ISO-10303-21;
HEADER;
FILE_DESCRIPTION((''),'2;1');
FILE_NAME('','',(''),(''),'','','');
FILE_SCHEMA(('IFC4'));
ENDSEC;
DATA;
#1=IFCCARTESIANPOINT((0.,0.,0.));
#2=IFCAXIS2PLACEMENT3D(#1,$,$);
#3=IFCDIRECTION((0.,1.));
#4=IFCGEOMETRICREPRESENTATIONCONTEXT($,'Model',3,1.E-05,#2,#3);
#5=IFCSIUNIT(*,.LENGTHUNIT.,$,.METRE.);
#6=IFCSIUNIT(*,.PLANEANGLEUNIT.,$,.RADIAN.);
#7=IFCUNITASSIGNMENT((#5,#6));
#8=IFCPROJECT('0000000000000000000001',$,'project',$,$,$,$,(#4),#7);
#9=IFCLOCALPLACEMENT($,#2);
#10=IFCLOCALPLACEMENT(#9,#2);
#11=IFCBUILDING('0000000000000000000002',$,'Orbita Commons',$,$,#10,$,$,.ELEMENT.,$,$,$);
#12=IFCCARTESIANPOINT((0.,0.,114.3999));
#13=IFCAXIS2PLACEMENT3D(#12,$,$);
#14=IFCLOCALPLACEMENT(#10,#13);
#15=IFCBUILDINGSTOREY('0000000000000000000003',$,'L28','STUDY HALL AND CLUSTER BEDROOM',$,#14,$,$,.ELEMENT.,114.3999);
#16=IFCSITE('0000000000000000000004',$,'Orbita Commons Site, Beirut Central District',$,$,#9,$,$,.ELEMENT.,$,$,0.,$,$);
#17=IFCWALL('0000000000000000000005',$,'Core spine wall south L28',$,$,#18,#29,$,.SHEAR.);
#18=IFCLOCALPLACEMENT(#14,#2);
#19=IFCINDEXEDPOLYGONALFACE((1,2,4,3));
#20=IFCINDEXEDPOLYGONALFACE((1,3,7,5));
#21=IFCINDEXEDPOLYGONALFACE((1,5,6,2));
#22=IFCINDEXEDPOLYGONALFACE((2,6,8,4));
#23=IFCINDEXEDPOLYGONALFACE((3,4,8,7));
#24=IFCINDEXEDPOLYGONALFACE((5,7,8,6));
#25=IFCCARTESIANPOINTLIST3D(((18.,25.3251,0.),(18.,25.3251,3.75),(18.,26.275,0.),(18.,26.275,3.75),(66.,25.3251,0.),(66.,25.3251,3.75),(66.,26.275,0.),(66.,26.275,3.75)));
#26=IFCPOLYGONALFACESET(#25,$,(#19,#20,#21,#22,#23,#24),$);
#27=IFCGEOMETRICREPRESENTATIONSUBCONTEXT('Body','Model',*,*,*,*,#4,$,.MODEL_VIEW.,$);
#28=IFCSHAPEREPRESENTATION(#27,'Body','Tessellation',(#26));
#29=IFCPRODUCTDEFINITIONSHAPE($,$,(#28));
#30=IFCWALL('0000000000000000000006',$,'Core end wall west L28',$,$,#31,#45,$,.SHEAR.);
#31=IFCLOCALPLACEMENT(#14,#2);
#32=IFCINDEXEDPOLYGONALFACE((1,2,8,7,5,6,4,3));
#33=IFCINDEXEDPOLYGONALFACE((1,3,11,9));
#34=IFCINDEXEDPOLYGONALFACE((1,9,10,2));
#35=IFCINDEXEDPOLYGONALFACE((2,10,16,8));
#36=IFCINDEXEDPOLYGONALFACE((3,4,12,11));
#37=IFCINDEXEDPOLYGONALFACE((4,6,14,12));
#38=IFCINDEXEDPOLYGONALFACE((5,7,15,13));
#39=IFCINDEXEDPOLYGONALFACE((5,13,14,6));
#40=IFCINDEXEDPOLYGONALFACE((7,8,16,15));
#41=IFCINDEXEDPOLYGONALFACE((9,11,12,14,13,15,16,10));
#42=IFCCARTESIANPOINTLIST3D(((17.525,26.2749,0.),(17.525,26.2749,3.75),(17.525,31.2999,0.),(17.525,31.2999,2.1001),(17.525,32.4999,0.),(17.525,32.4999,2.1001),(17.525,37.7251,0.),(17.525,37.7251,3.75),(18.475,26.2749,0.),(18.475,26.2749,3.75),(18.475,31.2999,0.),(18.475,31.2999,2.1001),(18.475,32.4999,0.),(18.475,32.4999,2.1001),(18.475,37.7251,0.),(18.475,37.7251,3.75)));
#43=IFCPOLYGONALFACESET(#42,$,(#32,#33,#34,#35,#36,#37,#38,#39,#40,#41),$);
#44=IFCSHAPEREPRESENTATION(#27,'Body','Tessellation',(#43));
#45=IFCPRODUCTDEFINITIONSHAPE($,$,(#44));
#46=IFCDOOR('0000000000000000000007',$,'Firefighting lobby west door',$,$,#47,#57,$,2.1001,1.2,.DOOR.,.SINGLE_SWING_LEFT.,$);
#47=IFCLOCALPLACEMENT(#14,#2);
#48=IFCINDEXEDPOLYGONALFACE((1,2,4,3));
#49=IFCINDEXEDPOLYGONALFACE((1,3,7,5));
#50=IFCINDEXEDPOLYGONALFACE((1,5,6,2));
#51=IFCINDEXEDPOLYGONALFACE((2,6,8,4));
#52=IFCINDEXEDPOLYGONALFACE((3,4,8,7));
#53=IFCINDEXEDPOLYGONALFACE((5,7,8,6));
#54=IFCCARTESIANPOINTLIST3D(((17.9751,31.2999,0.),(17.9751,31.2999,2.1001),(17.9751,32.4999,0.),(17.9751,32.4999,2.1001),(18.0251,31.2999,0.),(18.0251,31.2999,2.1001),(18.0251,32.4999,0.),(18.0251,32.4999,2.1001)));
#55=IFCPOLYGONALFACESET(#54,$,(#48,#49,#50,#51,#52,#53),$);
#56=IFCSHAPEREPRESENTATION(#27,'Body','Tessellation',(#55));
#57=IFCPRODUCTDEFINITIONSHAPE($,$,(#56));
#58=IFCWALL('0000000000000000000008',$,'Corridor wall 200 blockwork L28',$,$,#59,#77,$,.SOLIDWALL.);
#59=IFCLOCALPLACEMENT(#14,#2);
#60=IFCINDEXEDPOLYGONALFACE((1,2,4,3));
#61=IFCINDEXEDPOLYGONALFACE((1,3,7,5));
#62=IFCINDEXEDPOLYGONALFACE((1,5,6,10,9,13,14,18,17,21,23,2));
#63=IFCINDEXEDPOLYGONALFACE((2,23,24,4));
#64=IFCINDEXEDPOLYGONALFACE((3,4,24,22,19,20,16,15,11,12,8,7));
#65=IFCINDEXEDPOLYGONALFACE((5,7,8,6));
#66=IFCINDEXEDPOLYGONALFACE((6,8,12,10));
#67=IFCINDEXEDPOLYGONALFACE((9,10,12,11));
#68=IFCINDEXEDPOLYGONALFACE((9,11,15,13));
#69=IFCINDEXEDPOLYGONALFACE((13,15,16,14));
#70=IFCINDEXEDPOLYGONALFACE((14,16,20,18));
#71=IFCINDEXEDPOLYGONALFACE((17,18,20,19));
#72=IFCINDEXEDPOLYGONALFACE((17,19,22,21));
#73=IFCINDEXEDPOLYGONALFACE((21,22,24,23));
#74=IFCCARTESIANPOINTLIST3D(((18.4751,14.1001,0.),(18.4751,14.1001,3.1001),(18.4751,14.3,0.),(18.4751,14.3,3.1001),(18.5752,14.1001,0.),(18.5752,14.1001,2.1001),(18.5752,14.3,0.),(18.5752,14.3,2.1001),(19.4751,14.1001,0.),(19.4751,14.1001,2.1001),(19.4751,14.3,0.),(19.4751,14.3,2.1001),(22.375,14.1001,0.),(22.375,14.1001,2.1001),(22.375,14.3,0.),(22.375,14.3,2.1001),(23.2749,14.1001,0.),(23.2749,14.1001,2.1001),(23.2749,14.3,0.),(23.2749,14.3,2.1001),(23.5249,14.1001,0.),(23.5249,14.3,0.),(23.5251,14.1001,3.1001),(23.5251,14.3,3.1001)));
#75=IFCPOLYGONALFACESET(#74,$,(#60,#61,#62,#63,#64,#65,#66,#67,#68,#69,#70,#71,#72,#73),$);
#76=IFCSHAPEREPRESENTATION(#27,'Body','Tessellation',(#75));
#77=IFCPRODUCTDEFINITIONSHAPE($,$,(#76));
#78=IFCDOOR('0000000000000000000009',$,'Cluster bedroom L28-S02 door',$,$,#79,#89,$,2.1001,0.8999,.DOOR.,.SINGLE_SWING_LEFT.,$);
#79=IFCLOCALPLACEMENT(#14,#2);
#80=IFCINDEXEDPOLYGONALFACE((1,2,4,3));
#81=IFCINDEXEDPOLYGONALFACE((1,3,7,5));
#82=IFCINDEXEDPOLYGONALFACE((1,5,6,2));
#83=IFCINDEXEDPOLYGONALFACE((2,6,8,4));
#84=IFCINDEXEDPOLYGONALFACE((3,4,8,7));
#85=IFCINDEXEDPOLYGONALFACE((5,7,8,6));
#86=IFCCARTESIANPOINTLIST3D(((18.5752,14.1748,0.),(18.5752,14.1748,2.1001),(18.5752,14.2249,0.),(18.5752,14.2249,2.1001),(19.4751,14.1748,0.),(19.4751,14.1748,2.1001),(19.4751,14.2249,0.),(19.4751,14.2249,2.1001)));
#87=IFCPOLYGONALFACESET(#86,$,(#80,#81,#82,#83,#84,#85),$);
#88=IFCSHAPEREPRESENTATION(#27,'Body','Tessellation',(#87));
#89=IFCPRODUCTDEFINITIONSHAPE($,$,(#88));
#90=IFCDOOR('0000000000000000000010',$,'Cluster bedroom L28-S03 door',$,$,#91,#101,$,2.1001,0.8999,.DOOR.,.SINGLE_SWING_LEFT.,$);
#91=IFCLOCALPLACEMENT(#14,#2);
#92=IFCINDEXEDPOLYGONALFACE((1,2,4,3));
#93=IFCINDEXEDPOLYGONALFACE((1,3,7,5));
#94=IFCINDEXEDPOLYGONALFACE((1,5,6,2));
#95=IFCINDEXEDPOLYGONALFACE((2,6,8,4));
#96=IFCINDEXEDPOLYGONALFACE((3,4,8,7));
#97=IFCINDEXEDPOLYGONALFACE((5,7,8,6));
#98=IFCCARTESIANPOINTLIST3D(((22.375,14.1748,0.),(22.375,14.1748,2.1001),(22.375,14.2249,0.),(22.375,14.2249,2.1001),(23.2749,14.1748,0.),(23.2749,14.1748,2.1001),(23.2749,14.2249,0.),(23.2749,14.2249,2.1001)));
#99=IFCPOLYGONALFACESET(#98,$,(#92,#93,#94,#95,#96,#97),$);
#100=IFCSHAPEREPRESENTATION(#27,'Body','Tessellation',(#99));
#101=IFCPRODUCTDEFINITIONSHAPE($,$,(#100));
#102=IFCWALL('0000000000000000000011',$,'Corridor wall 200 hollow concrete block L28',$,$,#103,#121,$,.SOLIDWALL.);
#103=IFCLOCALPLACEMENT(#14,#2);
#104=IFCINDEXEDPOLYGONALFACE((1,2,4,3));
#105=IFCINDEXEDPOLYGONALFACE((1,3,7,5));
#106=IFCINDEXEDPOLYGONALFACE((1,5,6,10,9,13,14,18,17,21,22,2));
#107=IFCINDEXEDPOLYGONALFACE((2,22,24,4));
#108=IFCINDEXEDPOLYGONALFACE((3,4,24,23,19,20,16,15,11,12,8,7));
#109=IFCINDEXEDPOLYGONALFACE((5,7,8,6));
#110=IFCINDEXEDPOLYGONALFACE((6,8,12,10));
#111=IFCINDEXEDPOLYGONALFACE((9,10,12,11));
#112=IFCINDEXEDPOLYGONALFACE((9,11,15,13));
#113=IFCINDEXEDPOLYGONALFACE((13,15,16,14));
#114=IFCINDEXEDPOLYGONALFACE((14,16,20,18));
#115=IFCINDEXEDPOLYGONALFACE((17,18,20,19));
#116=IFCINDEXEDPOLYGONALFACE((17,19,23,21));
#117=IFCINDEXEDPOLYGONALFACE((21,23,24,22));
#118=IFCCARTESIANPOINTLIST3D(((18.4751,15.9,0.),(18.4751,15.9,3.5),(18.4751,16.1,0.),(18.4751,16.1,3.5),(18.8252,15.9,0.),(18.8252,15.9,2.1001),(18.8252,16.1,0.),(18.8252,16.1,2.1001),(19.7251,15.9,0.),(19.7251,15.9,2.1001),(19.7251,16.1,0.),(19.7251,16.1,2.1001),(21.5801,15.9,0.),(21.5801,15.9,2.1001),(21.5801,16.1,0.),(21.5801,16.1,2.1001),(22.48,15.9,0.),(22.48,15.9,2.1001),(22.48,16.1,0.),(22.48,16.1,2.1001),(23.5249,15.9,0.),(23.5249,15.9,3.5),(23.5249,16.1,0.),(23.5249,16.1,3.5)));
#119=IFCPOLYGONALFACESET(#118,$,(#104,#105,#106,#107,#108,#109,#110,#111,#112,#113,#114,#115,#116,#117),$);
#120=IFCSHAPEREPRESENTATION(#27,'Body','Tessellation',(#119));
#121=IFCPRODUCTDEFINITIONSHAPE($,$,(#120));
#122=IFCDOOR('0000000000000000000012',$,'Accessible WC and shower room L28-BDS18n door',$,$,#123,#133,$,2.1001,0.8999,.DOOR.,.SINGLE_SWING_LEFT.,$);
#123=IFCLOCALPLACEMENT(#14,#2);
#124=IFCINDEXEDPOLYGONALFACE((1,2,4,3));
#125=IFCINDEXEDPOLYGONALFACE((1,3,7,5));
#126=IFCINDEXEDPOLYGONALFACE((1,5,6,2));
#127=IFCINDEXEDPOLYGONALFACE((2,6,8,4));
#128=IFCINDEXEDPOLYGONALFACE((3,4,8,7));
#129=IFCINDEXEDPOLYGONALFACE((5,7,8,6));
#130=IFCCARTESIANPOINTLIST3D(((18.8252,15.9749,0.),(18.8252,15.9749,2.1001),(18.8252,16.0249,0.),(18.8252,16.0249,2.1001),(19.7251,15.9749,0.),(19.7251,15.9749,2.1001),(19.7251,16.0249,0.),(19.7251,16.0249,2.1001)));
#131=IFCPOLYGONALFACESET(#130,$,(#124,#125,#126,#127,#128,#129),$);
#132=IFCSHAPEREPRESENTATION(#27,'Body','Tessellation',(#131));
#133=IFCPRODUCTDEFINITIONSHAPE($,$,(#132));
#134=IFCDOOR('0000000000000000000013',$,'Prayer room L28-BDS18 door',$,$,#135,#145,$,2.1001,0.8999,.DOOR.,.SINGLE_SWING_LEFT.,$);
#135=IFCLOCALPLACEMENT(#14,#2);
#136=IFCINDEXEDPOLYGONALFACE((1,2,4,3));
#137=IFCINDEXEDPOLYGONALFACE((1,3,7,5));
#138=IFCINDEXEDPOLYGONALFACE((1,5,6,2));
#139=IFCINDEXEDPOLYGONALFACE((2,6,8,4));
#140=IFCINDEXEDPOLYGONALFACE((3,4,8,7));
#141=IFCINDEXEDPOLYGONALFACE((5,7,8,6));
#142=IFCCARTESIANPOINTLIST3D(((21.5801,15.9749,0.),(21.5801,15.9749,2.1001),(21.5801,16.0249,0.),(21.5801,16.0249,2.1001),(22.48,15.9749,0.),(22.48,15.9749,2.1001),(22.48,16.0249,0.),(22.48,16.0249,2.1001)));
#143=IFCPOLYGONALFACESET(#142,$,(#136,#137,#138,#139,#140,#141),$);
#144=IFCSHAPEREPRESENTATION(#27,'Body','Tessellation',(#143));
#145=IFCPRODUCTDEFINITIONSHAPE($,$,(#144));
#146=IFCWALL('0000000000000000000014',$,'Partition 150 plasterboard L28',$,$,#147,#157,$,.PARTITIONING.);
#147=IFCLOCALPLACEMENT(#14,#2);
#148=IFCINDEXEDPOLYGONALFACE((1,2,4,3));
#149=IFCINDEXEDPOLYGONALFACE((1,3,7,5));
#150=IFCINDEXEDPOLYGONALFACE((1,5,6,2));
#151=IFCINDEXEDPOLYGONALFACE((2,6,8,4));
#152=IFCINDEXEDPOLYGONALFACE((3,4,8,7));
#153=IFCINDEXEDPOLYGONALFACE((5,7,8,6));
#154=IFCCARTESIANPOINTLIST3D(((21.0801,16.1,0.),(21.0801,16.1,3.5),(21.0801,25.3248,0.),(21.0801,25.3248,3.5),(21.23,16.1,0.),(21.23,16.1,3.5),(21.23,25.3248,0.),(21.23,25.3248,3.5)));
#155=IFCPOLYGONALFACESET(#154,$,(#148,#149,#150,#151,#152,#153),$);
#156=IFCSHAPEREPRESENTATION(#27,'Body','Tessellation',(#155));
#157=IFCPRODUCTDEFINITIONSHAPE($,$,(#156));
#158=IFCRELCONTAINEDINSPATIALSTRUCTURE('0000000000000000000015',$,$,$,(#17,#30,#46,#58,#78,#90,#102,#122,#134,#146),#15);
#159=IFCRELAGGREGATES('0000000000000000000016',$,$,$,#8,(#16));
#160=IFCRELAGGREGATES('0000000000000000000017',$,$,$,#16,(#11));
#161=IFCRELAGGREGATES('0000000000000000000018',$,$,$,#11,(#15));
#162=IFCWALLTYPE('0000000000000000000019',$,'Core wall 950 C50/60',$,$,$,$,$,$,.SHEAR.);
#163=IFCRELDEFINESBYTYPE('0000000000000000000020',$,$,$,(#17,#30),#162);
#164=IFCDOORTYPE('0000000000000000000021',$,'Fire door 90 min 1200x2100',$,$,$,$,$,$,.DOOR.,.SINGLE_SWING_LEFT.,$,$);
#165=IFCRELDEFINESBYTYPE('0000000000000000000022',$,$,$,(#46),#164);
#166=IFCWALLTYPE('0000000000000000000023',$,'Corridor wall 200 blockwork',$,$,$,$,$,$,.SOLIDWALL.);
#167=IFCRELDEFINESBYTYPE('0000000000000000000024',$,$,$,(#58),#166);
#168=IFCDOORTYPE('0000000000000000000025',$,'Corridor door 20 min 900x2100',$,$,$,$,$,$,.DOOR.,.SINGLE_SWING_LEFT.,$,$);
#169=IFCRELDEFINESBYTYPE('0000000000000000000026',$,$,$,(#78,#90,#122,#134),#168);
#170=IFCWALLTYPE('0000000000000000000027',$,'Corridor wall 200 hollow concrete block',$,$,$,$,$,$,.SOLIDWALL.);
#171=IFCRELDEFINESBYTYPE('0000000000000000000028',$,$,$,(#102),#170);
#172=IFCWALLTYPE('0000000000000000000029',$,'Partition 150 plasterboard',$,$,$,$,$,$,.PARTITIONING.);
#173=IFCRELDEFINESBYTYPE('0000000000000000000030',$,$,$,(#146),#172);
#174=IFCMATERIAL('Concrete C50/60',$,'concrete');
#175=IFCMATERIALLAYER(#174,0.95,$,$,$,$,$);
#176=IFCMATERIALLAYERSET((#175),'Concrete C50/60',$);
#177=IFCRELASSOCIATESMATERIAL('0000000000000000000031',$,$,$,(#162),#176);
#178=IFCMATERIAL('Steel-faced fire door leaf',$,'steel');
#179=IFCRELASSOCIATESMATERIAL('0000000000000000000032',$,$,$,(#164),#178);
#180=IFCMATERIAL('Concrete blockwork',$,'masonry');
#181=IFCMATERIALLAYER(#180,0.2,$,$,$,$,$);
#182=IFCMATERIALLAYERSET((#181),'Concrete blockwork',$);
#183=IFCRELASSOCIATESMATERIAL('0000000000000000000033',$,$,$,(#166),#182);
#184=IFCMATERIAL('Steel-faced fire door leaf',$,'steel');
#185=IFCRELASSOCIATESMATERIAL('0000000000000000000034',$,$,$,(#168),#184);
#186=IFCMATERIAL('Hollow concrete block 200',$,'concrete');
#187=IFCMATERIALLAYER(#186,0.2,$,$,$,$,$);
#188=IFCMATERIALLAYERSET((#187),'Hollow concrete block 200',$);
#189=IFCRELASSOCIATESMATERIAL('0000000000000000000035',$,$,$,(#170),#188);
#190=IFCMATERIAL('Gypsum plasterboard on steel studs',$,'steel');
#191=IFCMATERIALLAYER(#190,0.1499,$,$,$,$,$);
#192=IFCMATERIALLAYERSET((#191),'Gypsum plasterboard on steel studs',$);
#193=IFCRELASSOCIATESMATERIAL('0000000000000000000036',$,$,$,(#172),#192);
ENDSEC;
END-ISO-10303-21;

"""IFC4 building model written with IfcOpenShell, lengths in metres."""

from ifc_helpers import new_model, si_unit, direction, frame, frame_2d, origin, place, context, subcontext, project, spatial, polyline, rectangle, outline, extrude, material, layer, layer_set, type_object, element, fill, save


model = new_model("IFC4")

# Units and contexts
model_context = context("Model", 3, precision=1e-05, world=origin(), true_north=direction((0.0, 1.0)))
body_context = subcontext(model_context, "Body", "Model", "MODEL_VIEW")
ifc_project = project(units=[si_unit("LENGTHUNIT", "METRE"), si_unit("PLANEANGLEUNIT", "RADIAN")], contexts=[model_context])

# Site, building, storey
site_placement = place(None, origin())
site = spatial("IfcSite", under=ifc_project, at=site_placement, Name="Orbita Commons Site, Beirut Central District", CompositionType="ELEMENT", RefElevation=0.0)
building_placement = place(site_placement, origin())
building = spatial("IfcBuilding", under=site, at=building_placement, Name="Orbita Commons", CompositionType="ELEMENT")
storey_placement = place(building_placement, frame((0.0, 0.0, 114.3999)))
storey = spatial("IfcBuildingStorey", under=building, at=storey_placement, Name="L28", Description="STUDY HALL AND CLUSTER BEDROOM", CompositionType="ELEMENT", Elevation=114.3999)

# Wall
ifc_material_1 = material(Name="Concrete C50/60", Category="concrete")
ifc_layer_1 = layer(ifc_material_1, 0.95)
ifc_layer_set_1 = layer_set([ifc_layer_1], Name="Concrete C50/60")
wall_type_1 = type_object("IfcWallType", Name="Core wall 950 C50/60", PredefinedType="SHEAR", material=ifc_layer_set_1)
wall_1_placement = place(storey_placement, frame((18.0, 25.8, 0.0), z_axis=(0.0, 0.0, 1.0), x_axis=(1.0, 0.0, 0.0)))
element("IfcWall", 1, at=wall_1_placement, inside=storey, type_object=wall_type_1, Name="Core spine wall south L28", PredefinedType="SHEAR", context=body_context, shape_type="SweptSolid", body=[
    extrude(rectangle(XDim=48.0, YDim=0.95, at=frame_2d((24.0, 0.0))), origin(), (0.0, 0.0, 1.0), 3.75),
])

# Wall, opening, door
wall_2_placement = place(storey_placement, frame((18.0, 26.2749, 0.0), z_axis=(0.0, 0.0, 1.0), x_axis=(0.0, 1.0, 0.0)))
wall_2 = element("IfcWall", 2, at=wall_2_placement, inside=storey, type_object=wall_type_1, Name="Core end wall west L28", PredefinedType="SHEAR", context=body_context, shape_type="SweptSolid", body=[
    extrude(rectangle(XDim=11.4502, YDim=0.95, at=frame_2d((5.7251, 0.0))), origin(), (0.0, 0.0, 1.0), 3.75),
])
opening_1_placement = place(wall_2_placement, frame((5.0249, 0.0, 0.0)))
opening_1 = element("IfcOpeningElement", 3, at=opening_1_placement, cuts=wall_2, PredefinedType="OPENING", context=body_context, shape_type="SweptSolid", body=[
    extrude(rectangle(XDim=1.2, YDim=2.1001, at=frame_2d((0.6001, 1.05))), frame((0.0, 0.4849, 0.0), z_axis=(0.0, -1.0, 0.0), x_axis=(1.0, 0.0, 0.0)), (0.0, 0.0, 1.0), 0.97),
])
ifc_material_2 = material(Name="Steel-faced fire door leaf", Category="steel")
door_type_1 = type_object("IfcDoorType", Name="Fire door 90 min 1200x2100", OperationType="SINGLE_SWING_LEFT", PredefinedType="DOOR", material=ifc_material_2)
door_1_placement = place(opening_1_placement, origin())
door_1 = element("IfcDoor", 4, at=door_1_placement, inside=storey, type_object=door_type_1, Name="Firefighting lobby west door", OperationType="SINGLE_SWING_LEFT", OverallHeight=2.1001, OverallWidth=1.2, PredefinedType="DOOR", context=body_context, shape_type="SweptSolid", body=[
    extrude(rectangle(XDim=1.2, YDim=2.1001, at=frame_2d((0.6001, 1.05))), frame((0.0, 0.0249, 0.0), z_axis=(0.0, -1.0, 0.0), x_axis=(1.0, 0.0, 0.0)), (0.0, 0.0, 1.0), 0.05),
])
fill(opening_1, door_1)

# Walls, openings, doors
ifc_material_3 = material(Name="Concrete blockwork", Category="masonry")
ifc_layer_2 = layer(ifc_material_3, 0.2)
ifc_layer_set_2 = layer_set([ifc_layer_2], Name="Concrete blockwork")
wall_type_2 = type_object("IfcWallType", Name="Corridor wall 200 blockwork", PredefinedType="SOLIDWALL", material=ifc_layer_set_2)
wall_3_placement = place(storey_placement, frame((18.4751, 14.2, 0.0), z_axis=(0.0, 0.0, 1.0), x_axis=(1.0, 0.0, 0.0)))
wall_3 = element("IfcWall", 5, at=wall_3_placement, inside=storey, type_object=wall_type_2, Name="Corridor wall 200 blockwork L28", PredefinedType="SOLIDWALL", context=body_context, shape_type="SweptSolid", body=[
    extrude(outline(polyline([(0.0, 0.0), (5.0498, 0.0), (5.05, 3.1001), (0.0, 3.1001), (0.0, 0.0)])), frame((0.0, 0.1001, 0.0), z_axis=(0.0, -1.0, 0.0), x_axis=(1.0, 0.0, 0.0)), (0.0, 0.0, 1.0), 0.2),
])
opening_2_placement = place(wall_3_placement, frame((0.1001, 0.0, 0.0)))
opening_2 = element("IfcOpeningElement", 6, at=opening_2_placement, cuts=wall_3, PredefinedType="OPENING", context=body_context, shape_type="SweptSolid", body=[
    extrude(rectangle(XDim=0.8999, YDim=2.1001, at=frame_2d((0.45, 1.05))), frame((0.0, 0.1099, 0.0), z_axis=(0.0, -1.0, 0.0), x_axis=(1.0, 0.0, 0.0)), (0.0, 0.0, 1.0), 0.22),
])
opening_3_placement = place(wall_3_placement, frame((3.8999, 0.0, 0.0)))
opening_3 = element("IfcOpeningElement", 7, at=opening_3_placement, cuts=wall_3, PredefinedType="OPENING", context=body_context, shape_type="SweptSolid", body=[
    extrude(rectangle(XDim=0.8999, YDim=2.1001, at=frame_2d((0.45, 1.05))), frame((0.0, 0.1099, 0.0), z_axis=(0.0, -1.0, 0.0), x_axis=(1.0, 0.0, 0.0)), (0.0, 0.0, 1.0), 0.22),
])
ifc_material_4 = material(Name="Steel-faced fire door leaf", Category="steel")
door_type_2 = type_object("IfcDoorType", Name="Corridor door 20 min 900x2100", OperationType="SINGLE_SWING_LEFT", PredefinedType="DOOR", material=ifc_material_4)
door_2_placement = place(opening_2_placement, origin())
door_2 = element("IfcDoor", 8, at=door_2_placement, inside=storey, type_object=door_type_2, Name="Cluster bedroom L28-S02 door", OperationType="SINGLE_SWING_LEFT", OverallHeight=2.1001, OverallWidth=0.8999, PredefinedType="DOOR", context=body_context, shape_type="SweptSolid", body=[
    extrude(rectangle(XDim=0.8999, YDim=2.1001, at=frame_2d((0.45, 1.05))), frame((0.0, 0.0249, 0.0), z_axis=(0.0, -1.0, 0.0), x_axis=(1.0, 0.0, 0.0)), (0.0, 0.0, 1.0), 0.05),
])
fill(opening_2, door_2)
door_3_placement = place(opening_3_placement, origin())
door_3 = element("IfcDoor", 9, at=door_3_placement, inside=storey, type_object=door_type_2, Name="Cluster bedroom L28-S03 door", OperationType="SINGLE_SWING_LEFT", OverallHeight=2.1001, OverallWidth=0.8999, PredefinedType="DOOR", context=body_context, shape_type="SweptSolid", body=[
    extrude(rectangle(XDim=0.8999, YDim=2.1001, at=frame_2d((0.45, 1.05))), frame((0.0, 0.0249, 0.0), z_axis=(0.0, -1.0, 0.0), x_axis=(1.0, 0.0, 0.0)), (0.0, 0.0, 1.0), 0.05),
])
fill(opening_3, door_3)
ifc_material_5 = material(Name="Hollow concrete block 200", Category="concrete")
ifc_layer_3 = layer(ifc_material_5, 0.2)
ifc_layer_set_3 = layer_set([ifc_layer_3], Name="Hollow concrete block 200")
wall_type_3 = type_object("IfcWallType", Name="Corridor wall 200 hollow concrete block", PredefinedType="SOLIDWALL", material=ifc_layer_set_3)
wall_4_placement = place(storey_placement, frame((18.4751, 16.0, 0.0), z_axis=(0.0, 0.0, 1.0), x_axis=(1.0, 0.0, 0.0)))
wall_4 = element("IfcWall", 10, at=wall_4_placement, inside=storey, type_object=wall_type_3, Name="Corridor wall 200 hollow concrete block L28", PredefinedType="SOLIDWALL", context=body_context, shape_type="SweptSolid", body=[
    extrude(rectangle(XDim=5.0498, YDim=0.2, at=frame_2d((2.5249, 0.0))), origin(), (0.0, 0.0, 1.0), 3.5),
])
opening_4_placement = place(wall_4_placement, frame((0.3501, 0.0, 0.0)))
opening_4 = element("IfcOpeningElement", 11, at=opening_4_placement, cuts=wall_4, PredefinedType="OPENING", context=body_context, shape_type="SweptSolid", body=[
    extrude(rectangle(XDim=0.8999, YDim=2.1001, at=frame_2d((0.45, 1.05))), frame((0.0, 0.1099, 0.0), z_axis=(0.0, -1.0, 0.0), x_axis=(1.0, 0.0, 0.0)), (0.0, 0.0, 1.0), 0.22),
])
opening_5_placement = place(wall_4_placement, frame((3.105, 0.0, 0.0)))
opening_5 = element("IfcOpeningElement", 12, at=opening_5_placement, cuts=wall_4, PredefinedType="OPENING", context=body_context, shape_type="SweptSolid", body=[
    extrude(rectangle(XDim=0.8999, YDim=2.1001, at=frame_2d((0.45, 1.05))), frame((0.0, 0.1099, 0.0), z_axis=(0.0, -1.0, 0.0), x_axis=(1.0, 0.0, 0.0)), (0.0, 0.0, 1.0), 0.22),
])
door_4_placement = place(opening_4_placement, origin())
door_4 = element("IfcDoor", 13, at=door_4_placement, inside=storey, type_object=door_type_2, Name="Accessible WC and shower room L28-BDS18n door", OperationType="SINGLE_SWING_LEFT", OverallHeight=2.1001, OverallWidth=0.8999, PredefinedType="DOOR", context=body_context, shape_type="SweptSolid", body=[
    extrude(rectangle(XDim=0.8999, YDim=2.1001, at=frame_2d((0.45, 1.05))), frame((0.0, 0.0249, 0.0), z_axis=(0.0, -1.0, 0.0), x_axis=(1.0, 0.0, 0.0)), (0.0, 0.0, 1.0), 0.05),
])
fill(opening_4, door_4)
door_5_placement = place(opening_5_placement, origin())
door_5 = element("IfcDoor", 14, at=door_5_placement, inside=storey, type_object=door_type_2, Name="Prayer room L28-BDS18 door", OperationType="SINGLE_SWING_LEFT", OverallHeight=2.1001, OverallWidth=0.8999, PredefinedType="DOOR", context=body_context, shape_type="SweptSolid", body=[
    extrude(rectangle(XDim=0.8999, YDim=2.1001, at=frame_2d((0.45, 1.05))), frame((0.0, 0.0249, 0.0), z_axis=(0.0, -1.0, 0.0), x_axis=(1.0, 0.0, 0.0)), (0.0, 0.0, 1.0), 0.05),
])
fill(opening_5, door_5)

# Wall
ifc_material_6 = material(Name="Gypsum plasterboard on steel studs", Category="steel")
ifc_layer_4 = layer(ifc_material_6, 0.1499)
ifc_layer_set_4 = layer_set([ifc_layer_4], Name="Gypsum plasterboard on steel studs")
wall_type_4 = type_object("IfcWallType", Name="Partition 150 plasterboard", PredefinedType="PARTITIONING", material=ifc_layer_set_4)
wall_5_placement = place(storey_placement, frame((21.155, 16.1001, 0.0), z_axis=(0.0, 0.0, 1.0), x_axis=(0.0, 1.0, 0.0)))
element("IfcWall", 15, at=wall_5_placement, inside=storey, type_object=wall_type_4, Name="Partition 150 plasterboard L28", PredefinedType="PARTITIONING", context=body_context, shape_type="SweptSolid", body=[
    extrude(rectangle(XDim=9.2249, YDim=0.1499, at=frame_2d((4.6123, 0.0))), origin(), (0.0, 0.0, 1.0), 3.5),
])

save(model, "model.ifc")
